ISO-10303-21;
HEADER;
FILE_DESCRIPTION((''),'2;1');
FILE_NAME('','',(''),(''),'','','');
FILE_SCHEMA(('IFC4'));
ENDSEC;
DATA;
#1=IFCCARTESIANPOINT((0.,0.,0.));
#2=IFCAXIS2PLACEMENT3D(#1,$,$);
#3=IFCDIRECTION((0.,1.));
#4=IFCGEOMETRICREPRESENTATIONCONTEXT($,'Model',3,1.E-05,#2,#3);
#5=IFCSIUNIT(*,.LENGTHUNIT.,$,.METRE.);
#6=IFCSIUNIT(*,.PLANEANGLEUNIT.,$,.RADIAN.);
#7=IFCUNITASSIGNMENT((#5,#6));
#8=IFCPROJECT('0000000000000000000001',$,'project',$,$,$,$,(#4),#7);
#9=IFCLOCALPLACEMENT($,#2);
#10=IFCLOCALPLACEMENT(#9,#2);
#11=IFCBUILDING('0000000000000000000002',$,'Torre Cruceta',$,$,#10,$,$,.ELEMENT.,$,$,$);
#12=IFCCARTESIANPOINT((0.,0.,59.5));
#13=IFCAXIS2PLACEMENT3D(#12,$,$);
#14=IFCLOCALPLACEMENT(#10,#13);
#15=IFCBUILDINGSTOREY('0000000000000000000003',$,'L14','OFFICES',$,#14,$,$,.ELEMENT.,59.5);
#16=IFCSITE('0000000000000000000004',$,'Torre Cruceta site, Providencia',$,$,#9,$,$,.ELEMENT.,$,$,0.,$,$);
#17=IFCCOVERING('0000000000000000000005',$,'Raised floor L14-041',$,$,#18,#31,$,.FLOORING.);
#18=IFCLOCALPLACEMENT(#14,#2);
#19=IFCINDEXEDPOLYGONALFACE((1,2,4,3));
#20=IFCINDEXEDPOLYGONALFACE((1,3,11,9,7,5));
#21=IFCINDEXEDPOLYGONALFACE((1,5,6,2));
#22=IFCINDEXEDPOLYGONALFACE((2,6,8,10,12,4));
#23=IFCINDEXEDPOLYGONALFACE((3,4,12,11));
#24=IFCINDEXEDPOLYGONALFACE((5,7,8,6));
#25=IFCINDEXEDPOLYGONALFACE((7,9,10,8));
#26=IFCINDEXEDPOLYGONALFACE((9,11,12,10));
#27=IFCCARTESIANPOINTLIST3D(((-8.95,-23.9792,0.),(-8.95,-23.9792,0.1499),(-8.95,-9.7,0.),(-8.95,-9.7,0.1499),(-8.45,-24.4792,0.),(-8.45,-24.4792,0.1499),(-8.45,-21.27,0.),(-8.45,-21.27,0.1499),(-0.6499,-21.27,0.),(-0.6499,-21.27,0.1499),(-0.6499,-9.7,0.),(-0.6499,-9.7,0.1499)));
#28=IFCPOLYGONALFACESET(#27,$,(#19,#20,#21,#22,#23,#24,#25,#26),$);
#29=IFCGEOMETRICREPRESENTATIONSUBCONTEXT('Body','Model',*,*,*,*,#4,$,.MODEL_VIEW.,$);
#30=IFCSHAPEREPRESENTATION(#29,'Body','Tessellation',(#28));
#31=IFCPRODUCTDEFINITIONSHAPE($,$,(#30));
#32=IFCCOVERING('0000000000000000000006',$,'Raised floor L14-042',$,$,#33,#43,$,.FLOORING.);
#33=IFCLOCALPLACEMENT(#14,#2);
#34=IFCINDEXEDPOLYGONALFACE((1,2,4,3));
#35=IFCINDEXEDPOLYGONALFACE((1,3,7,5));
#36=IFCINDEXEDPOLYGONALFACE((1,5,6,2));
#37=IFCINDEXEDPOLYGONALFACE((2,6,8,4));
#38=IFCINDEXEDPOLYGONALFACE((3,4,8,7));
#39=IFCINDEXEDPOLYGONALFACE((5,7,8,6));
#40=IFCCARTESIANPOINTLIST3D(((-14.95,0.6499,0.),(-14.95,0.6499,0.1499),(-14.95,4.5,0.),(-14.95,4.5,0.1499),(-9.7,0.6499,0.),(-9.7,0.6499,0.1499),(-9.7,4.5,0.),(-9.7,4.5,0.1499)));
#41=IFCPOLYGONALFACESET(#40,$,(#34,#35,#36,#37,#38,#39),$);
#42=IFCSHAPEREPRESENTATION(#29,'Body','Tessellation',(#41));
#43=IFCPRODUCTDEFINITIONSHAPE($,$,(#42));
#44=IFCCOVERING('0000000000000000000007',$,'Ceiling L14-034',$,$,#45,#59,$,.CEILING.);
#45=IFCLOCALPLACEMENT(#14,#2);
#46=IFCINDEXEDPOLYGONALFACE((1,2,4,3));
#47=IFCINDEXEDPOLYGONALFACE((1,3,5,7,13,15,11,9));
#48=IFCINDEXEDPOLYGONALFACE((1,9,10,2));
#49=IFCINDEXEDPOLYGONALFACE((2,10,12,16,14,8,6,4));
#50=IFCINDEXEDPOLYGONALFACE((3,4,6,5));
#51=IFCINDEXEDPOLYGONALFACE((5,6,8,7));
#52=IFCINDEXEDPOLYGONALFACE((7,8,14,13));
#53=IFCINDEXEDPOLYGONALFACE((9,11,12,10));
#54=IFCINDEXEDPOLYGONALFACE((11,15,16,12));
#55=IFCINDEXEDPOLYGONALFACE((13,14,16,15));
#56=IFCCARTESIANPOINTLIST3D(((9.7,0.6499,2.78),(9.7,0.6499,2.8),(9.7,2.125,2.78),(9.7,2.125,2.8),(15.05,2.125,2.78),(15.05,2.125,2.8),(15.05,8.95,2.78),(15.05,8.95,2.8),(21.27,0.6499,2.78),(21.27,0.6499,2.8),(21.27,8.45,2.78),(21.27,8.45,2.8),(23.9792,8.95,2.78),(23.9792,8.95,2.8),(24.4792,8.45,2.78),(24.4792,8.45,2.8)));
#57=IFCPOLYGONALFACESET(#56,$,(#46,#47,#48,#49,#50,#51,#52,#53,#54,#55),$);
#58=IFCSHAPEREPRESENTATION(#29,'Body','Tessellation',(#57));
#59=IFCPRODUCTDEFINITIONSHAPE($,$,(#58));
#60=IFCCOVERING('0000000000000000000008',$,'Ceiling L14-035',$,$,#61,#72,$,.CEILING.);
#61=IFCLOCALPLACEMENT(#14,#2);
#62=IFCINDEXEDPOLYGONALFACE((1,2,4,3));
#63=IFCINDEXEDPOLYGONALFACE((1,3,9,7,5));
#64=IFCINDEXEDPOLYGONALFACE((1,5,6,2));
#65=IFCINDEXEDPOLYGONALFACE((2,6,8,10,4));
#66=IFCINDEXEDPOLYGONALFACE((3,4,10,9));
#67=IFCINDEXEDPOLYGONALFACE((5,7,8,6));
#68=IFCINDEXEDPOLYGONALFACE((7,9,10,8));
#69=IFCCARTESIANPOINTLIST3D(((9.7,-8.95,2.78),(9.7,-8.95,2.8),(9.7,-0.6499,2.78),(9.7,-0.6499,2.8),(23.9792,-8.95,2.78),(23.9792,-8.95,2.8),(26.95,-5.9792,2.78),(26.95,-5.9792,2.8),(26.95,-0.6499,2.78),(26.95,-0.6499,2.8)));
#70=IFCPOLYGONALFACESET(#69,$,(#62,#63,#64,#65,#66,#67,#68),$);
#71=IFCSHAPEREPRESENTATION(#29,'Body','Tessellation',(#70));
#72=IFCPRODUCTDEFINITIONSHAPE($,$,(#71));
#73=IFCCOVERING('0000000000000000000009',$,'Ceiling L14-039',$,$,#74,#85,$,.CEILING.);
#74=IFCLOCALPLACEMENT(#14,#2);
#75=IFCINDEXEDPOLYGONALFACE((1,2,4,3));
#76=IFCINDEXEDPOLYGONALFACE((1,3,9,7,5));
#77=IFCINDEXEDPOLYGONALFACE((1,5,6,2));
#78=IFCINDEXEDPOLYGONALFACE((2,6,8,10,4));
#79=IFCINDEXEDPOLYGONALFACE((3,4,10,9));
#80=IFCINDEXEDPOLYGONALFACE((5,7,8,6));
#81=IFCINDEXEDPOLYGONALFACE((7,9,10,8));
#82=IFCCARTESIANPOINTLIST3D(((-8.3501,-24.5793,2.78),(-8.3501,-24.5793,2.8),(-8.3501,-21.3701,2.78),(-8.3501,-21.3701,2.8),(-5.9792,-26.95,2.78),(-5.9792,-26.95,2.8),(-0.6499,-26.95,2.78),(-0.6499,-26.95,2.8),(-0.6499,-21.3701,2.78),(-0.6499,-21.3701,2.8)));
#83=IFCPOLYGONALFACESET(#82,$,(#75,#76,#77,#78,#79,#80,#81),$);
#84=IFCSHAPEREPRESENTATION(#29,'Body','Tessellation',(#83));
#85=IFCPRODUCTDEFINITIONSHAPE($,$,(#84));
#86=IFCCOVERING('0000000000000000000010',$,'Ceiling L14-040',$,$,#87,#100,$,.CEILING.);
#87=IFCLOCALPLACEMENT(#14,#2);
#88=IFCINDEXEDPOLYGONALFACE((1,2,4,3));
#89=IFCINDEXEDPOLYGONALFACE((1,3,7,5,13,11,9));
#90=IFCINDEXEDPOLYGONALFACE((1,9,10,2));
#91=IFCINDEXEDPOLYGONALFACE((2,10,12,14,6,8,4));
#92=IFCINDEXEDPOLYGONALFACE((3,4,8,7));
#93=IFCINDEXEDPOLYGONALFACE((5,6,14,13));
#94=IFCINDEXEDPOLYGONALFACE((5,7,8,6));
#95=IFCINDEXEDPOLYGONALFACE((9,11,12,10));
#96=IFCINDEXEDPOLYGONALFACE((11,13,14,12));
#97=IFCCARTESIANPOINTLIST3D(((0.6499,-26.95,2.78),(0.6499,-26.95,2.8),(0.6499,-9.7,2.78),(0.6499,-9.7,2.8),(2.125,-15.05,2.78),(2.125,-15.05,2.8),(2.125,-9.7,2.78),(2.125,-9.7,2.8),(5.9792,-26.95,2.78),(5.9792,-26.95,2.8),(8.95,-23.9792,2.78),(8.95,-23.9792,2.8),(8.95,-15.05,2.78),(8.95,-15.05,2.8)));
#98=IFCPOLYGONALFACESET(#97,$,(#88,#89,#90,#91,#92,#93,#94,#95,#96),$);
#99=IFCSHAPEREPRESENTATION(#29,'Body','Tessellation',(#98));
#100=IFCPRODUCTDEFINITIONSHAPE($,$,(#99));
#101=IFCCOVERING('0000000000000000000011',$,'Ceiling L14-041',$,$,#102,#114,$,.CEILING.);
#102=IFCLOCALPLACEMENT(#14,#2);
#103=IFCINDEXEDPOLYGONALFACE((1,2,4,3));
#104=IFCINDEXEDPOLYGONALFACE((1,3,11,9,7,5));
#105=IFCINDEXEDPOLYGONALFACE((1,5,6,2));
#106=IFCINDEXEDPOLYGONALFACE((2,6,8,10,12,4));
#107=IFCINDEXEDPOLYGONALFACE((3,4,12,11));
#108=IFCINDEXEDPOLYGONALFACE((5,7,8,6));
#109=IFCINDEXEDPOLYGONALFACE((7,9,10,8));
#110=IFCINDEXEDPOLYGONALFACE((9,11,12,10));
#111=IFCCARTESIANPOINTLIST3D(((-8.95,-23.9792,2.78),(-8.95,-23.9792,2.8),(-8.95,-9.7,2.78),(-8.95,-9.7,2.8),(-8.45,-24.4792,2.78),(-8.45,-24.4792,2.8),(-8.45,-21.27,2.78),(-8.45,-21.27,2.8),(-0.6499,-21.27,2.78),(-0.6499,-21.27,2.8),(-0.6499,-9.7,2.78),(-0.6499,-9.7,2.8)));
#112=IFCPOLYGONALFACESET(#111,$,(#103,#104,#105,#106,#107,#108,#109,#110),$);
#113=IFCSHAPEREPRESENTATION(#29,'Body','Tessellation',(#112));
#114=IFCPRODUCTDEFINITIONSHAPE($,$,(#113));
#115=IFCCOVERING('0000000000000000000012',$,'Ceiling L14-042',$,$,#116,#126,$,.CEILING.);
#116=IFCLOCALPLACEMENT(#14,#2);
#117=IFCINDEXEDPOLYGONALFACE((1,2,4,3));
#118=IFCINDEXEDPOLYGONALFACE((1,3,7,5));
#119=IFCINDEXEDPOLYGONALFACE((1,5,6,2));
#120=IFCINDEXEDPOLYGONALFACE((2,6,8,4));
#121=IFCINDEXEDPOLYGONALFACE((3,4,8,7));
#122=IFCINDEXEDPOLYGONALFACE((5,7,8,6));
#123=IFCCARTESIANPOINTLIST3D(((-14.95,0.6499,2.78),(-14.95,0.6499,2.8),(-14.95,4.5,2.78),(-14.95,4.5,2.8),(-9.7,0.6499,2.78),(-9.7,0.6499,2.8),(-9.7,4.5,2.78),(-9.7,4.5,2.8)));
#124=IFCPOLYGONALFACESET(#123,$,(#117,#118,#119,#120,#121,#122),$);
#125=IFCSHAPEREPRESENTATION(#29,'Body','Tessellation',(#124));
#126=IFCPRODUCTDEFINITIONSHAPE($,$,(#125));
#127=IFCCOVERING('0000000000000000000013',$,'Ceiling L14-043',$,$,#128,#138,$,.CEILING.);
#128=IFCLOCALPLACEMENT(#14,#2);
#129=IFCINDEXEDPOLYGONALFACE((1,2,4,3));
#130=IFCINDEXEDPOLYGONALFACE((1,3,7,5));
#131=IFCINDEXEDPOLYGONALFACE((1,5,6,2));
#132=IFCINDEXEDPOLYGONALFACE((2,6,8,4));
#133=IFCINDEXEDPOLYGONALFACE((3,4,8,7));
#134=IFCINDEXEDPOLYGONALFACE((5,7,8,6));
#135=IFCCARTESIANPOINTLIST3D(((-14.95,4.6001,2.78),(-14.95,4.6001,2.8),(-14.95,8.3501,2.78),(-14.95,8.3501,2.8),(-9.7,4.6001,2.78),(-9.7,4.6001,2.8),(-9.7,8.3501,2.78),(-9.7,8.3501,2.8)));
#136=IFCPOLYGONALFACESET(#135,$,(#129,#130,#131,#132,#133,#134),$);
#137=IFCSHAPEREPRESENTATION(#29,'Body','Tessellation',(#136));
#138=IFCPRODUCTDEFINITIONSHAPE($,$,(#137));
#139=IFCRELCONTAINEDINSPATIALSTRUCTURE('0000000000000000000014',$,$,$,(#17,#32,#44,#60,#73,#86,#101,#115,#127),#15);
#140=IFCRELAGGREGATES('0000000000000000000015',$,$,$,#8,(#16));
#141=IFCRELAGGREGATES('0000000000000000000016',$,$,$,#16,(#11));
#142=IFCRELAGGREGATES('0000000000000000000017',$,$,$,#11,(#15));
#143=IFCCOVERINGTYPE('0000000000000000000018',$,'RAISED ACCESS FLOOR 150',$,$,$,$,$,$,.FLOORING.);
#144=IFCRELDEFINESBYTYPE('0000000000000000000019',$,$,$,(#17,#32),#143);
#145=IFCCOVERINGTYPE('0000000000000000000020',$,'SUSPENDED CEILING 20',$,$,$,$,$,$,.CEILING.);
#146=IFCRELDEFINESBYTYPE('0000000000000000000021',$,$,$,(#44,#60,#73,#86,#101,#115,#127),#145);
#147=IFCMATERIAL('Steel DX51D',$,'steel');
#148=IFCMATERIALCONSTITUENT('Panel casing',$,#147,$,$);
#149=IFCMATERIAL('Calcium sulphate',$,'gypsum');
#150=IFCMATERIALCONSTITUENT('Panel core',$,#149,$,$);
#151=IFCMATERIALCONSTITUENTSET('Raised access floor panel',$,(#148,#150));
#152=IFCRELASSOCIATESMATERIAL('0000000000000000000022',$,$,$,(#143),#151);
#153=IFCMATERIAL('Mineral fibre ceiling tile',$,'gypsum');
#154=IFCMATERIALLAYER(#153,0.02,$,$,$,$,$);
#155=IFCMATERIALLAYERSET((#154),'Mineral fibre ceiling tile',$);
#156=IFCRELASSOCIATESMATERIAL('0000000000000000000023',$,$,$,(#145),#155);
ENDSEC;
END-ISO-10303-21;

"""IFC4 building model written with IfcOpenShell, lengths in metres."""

from ifc_helpers import new_model, si_unit, direction, frame, origin, place, context, subcontext, project, spatial, polyline, outline, extrude, material, layer, layer_set, constituent, constituent_set, type_object, element, save


model = new_model("IFC4")

# Units and contexts
model_context = context("Model", 3, precision=1e-05, world=origin(), true_north=direction((0.0, 1.0)))
body_context = subcontext(model_context, "Body", "Model", "MODEL_VIEW")
ifc_project = project(units=[si_unit("LENGTHUNIT", "METRE"), si_unit("PLANEANGLEUNIT", "RADIAN")], contexts=[model_context])

# Site, building, storey
site_placement = place(None, origin())
site = spatial("IfcSite", under=ifc_project, at=site_placement, Name="Torre Cruceta site, Providencia", CompositionType="ELEMENT", RefElevation=0.0)
building_placement = place(site_placement, origin())
building = spatial("IfcBuilding", under=site, at=building_placement, Name="Torre Cruceta", CompositionType="ELEMENT")
storey_placement = place(building_placement, frame((0.0, 0.0, 59.5)))
storey = spatial("IfcBuildingStorey", under=building, at=storey_placement, Name="L14", Description="OFFICES", CompositionType="ELEMENT", Elevation=59.5)

# Coverings
ifc_material_1 = material(Name="Steel DX51D", Category="steel")
ifc_constituent_1 = constituent(ifc_material_1, Name="Panel casing")
ifc_material_2 = material(Name="Calcium sulphate", Category="gypsum")
ifc_constituent_2 = constituent(ifc_material_2, Name="Panel core")
ifc_constituent_set_1 = constituent_set(constituents=[ifc_constituent_1, ifc_constituent_2], Name="Raised access floor panel")
covering_type_1 = type_object("IfcCoveringType", Name="RAISED ACCESS FLOOR 150", PredefinedType="FLOORING", material=ifc_constituent_set_1)
covering_1_placement = place(storey_placement, origin())
element("IfcCovering", 1, at=covering_1_placement, inside=storey, type_object=covering_type_1, Name="Raised floor L14-041", PredefinedType="FLOORING", context=body_context, shape_type="SweptSolid", body=[
    extrude(outline(polyline([(-8.45, -21.27), (-8.45, -24.4792), (-8.95, -23.9792), (-8.95, -9.7), (-0.6499, -9.7), (-0.6499, -21.27), (-8.45, -21.27)])), origin(), (0.0, 0.0, 1.0), 0.1499),
])
covering_2_placement = place(storey_placement, origin())
element("IfcCovering", 2, at=covering_2_placement, inside=storey, type_object=covering_type_1, Name="Raised floor L14-042", PredefinedType="FLOORING", context=body_context, shape_type="SweptSolid", body=[
    extrude(outline(polyline([(-9.7, 4.5), (-9.7, 0.6499), (-14.95, 0.6499), (-14.95, 4.5), (-9.7, 4.5)])), origin(), (0.0, 0.0, 1.0), 0.1499),
])
ifc_material_3 = material(Name="Mineral fibre ceiling tile", Category="gypsum")
ifc_layer_1 = layer(ifc_material_3, 0.02)
ifc_layer_set_1 = layer_set([ifc_layer_1], Name="Mineral fibre ceiling tile")
covering_type_2 = type_object("IfcCoveringType", Name="SUSPENDED CEILING 20", PredefinedType="CEILING", material=ifc_layer_set_1)
covering_3_placement = place(storey_placement, frame((0.0, 0.0, 2.78)))
element("IfcCovering", 3, at=covering_3_placement, inside=storey, type_object=covering_type_2, Name="Ceiling L14-034", PredefinedType="CEILING", context=body_context, shape_type="SweptSolid", body=[
    extrude(outline(polyline([(21.27, 8.45), (21.27, 0.6499), (9.7, 0.6499), (9.7, 2.125), (15.05, 2.125), (15.05, 8.95), (23.9792, 8.95), (24.4792, 8.45), (21.27, 8.45)])), origin(), (0.0, 0.0, 1.0), 0.02),
])
covering_4_placement = place(storey_placement, frame((0.0, 0.0, 2.78)))
element("IfcCovering", 4, at=covering_4_placement, inside=storey, type_object=covering_type_2, Name="Ceiling L14-035", PredefinedType="CEILING", context=body_context, shape_type="SweptSolid", body=[
    extrude(outline(polyline([(26.95, -5.9792), (23.9792, -8.95), (9.7, -8.95), (9.7, -0.6499), (26.95, -0.6499), (26.95, -5.9792)])), origin(), (0.0, 0.0, 1.0), 0.02),
])
covering_5_placement = place(storey_placement, frame((0.0, 0.0, 2.78)))
element("IfcCovering", 5, at=covering_5_placement, inside=storey, type_object=covering_type_2, Name="Ceiling L14-039", PredefinedType="CEILING", context=body_context, shape_type="SweptSolid", body=[
    extrude(outline(polyline([(-8.3501, -24.5793), (-8.3501, -21.3701), (-0.6499, -21.3701), (-0.6499, -26.95), (-5.9792, -26.95), (-8.3501, -24.5793)])), origin(), (0.0, 0.0, 1.0), 0.02),
])
covering_6_placement = place(storey_placement, frame((0.0, 0.0, 2.78)))
element("IfcCovering", 6, at=covering_6_placement, inside=storey, type_object=covering_type_2, Name="Ceiling L14-040", PredefinedType="CEILING", context=body_context, shape_type="SweptSolid", body=[
    extrude(outline(polyline([(0.6499, -26.95), (0.6499, -9.7), (2.125, -9.7), (2.125, -15.05), (8.95, -15.05), (8.95, -23.9792), (5.9792, -26.95), (0.6499, -26.95)])), origin(), (0.0, 0.0, 1.0), 0.02),
])
covering_7_placement = place(storey_placement, frame((0.0, 0.0, 2.78)))
element("IfcCovering", 7, at=covering_7_placement, inside=storey, type_object=covering_type_2, Name="Ceiling L14-041", PredefinedType="CEILING", context=body_context, shape_type="SweptSolid", body=[
    extrude(outline(polyline([(-8.45, -21.27), (-8.45, -24.4792), (-8.95, -23.9792), (-8.95, -9.7), (-0.6499, -9.7), (-0.6499, -21.27), (-8.45, -21.27)])), origin(), (0.0, 0.0, 1.0), 0.02),
])
covering_8_placement = place(storey_placement, frame((0.0, 0.0, 2.78)))
element("IfcCovering", 8, at=covering_8_placement, inside=storey, type_object=covering_type_2, Name="Ceiling L14-042", PredefinedType="CEILING", context=body_context, shape_type="SweptSolid", body=[
    extrude(outline(polyline([(-9.7, 4.5), (-9.7, 0.6499), (-14.95, 0.6499), (-14.95, 4.5), (-9.7, 4.5)])), origin(), (0.0, 0.0, 1.0), 0.02),
])
covering_9_placement = place(storey_placement, frame((0.0, 0.0, 2.78)))
element("IfcCovering", 9, at=covering_9_placement, inside=storey, type_object=covering_type_2, Name="Ceiling L14-043", PredefinedType="CEILING", context=body_context, shape_type="SweptSolid", body=[
    extrude(outline(polyline([(-9.7, 8.3501), (-9.7, 4.6001), (-14.95, 4.6001), (-14.95, 8.3501), (-9.7, 8.3501)])), origin(), (0.0, 0.0, 1.0), 0.02),
])

save(model, "model.ifc")
